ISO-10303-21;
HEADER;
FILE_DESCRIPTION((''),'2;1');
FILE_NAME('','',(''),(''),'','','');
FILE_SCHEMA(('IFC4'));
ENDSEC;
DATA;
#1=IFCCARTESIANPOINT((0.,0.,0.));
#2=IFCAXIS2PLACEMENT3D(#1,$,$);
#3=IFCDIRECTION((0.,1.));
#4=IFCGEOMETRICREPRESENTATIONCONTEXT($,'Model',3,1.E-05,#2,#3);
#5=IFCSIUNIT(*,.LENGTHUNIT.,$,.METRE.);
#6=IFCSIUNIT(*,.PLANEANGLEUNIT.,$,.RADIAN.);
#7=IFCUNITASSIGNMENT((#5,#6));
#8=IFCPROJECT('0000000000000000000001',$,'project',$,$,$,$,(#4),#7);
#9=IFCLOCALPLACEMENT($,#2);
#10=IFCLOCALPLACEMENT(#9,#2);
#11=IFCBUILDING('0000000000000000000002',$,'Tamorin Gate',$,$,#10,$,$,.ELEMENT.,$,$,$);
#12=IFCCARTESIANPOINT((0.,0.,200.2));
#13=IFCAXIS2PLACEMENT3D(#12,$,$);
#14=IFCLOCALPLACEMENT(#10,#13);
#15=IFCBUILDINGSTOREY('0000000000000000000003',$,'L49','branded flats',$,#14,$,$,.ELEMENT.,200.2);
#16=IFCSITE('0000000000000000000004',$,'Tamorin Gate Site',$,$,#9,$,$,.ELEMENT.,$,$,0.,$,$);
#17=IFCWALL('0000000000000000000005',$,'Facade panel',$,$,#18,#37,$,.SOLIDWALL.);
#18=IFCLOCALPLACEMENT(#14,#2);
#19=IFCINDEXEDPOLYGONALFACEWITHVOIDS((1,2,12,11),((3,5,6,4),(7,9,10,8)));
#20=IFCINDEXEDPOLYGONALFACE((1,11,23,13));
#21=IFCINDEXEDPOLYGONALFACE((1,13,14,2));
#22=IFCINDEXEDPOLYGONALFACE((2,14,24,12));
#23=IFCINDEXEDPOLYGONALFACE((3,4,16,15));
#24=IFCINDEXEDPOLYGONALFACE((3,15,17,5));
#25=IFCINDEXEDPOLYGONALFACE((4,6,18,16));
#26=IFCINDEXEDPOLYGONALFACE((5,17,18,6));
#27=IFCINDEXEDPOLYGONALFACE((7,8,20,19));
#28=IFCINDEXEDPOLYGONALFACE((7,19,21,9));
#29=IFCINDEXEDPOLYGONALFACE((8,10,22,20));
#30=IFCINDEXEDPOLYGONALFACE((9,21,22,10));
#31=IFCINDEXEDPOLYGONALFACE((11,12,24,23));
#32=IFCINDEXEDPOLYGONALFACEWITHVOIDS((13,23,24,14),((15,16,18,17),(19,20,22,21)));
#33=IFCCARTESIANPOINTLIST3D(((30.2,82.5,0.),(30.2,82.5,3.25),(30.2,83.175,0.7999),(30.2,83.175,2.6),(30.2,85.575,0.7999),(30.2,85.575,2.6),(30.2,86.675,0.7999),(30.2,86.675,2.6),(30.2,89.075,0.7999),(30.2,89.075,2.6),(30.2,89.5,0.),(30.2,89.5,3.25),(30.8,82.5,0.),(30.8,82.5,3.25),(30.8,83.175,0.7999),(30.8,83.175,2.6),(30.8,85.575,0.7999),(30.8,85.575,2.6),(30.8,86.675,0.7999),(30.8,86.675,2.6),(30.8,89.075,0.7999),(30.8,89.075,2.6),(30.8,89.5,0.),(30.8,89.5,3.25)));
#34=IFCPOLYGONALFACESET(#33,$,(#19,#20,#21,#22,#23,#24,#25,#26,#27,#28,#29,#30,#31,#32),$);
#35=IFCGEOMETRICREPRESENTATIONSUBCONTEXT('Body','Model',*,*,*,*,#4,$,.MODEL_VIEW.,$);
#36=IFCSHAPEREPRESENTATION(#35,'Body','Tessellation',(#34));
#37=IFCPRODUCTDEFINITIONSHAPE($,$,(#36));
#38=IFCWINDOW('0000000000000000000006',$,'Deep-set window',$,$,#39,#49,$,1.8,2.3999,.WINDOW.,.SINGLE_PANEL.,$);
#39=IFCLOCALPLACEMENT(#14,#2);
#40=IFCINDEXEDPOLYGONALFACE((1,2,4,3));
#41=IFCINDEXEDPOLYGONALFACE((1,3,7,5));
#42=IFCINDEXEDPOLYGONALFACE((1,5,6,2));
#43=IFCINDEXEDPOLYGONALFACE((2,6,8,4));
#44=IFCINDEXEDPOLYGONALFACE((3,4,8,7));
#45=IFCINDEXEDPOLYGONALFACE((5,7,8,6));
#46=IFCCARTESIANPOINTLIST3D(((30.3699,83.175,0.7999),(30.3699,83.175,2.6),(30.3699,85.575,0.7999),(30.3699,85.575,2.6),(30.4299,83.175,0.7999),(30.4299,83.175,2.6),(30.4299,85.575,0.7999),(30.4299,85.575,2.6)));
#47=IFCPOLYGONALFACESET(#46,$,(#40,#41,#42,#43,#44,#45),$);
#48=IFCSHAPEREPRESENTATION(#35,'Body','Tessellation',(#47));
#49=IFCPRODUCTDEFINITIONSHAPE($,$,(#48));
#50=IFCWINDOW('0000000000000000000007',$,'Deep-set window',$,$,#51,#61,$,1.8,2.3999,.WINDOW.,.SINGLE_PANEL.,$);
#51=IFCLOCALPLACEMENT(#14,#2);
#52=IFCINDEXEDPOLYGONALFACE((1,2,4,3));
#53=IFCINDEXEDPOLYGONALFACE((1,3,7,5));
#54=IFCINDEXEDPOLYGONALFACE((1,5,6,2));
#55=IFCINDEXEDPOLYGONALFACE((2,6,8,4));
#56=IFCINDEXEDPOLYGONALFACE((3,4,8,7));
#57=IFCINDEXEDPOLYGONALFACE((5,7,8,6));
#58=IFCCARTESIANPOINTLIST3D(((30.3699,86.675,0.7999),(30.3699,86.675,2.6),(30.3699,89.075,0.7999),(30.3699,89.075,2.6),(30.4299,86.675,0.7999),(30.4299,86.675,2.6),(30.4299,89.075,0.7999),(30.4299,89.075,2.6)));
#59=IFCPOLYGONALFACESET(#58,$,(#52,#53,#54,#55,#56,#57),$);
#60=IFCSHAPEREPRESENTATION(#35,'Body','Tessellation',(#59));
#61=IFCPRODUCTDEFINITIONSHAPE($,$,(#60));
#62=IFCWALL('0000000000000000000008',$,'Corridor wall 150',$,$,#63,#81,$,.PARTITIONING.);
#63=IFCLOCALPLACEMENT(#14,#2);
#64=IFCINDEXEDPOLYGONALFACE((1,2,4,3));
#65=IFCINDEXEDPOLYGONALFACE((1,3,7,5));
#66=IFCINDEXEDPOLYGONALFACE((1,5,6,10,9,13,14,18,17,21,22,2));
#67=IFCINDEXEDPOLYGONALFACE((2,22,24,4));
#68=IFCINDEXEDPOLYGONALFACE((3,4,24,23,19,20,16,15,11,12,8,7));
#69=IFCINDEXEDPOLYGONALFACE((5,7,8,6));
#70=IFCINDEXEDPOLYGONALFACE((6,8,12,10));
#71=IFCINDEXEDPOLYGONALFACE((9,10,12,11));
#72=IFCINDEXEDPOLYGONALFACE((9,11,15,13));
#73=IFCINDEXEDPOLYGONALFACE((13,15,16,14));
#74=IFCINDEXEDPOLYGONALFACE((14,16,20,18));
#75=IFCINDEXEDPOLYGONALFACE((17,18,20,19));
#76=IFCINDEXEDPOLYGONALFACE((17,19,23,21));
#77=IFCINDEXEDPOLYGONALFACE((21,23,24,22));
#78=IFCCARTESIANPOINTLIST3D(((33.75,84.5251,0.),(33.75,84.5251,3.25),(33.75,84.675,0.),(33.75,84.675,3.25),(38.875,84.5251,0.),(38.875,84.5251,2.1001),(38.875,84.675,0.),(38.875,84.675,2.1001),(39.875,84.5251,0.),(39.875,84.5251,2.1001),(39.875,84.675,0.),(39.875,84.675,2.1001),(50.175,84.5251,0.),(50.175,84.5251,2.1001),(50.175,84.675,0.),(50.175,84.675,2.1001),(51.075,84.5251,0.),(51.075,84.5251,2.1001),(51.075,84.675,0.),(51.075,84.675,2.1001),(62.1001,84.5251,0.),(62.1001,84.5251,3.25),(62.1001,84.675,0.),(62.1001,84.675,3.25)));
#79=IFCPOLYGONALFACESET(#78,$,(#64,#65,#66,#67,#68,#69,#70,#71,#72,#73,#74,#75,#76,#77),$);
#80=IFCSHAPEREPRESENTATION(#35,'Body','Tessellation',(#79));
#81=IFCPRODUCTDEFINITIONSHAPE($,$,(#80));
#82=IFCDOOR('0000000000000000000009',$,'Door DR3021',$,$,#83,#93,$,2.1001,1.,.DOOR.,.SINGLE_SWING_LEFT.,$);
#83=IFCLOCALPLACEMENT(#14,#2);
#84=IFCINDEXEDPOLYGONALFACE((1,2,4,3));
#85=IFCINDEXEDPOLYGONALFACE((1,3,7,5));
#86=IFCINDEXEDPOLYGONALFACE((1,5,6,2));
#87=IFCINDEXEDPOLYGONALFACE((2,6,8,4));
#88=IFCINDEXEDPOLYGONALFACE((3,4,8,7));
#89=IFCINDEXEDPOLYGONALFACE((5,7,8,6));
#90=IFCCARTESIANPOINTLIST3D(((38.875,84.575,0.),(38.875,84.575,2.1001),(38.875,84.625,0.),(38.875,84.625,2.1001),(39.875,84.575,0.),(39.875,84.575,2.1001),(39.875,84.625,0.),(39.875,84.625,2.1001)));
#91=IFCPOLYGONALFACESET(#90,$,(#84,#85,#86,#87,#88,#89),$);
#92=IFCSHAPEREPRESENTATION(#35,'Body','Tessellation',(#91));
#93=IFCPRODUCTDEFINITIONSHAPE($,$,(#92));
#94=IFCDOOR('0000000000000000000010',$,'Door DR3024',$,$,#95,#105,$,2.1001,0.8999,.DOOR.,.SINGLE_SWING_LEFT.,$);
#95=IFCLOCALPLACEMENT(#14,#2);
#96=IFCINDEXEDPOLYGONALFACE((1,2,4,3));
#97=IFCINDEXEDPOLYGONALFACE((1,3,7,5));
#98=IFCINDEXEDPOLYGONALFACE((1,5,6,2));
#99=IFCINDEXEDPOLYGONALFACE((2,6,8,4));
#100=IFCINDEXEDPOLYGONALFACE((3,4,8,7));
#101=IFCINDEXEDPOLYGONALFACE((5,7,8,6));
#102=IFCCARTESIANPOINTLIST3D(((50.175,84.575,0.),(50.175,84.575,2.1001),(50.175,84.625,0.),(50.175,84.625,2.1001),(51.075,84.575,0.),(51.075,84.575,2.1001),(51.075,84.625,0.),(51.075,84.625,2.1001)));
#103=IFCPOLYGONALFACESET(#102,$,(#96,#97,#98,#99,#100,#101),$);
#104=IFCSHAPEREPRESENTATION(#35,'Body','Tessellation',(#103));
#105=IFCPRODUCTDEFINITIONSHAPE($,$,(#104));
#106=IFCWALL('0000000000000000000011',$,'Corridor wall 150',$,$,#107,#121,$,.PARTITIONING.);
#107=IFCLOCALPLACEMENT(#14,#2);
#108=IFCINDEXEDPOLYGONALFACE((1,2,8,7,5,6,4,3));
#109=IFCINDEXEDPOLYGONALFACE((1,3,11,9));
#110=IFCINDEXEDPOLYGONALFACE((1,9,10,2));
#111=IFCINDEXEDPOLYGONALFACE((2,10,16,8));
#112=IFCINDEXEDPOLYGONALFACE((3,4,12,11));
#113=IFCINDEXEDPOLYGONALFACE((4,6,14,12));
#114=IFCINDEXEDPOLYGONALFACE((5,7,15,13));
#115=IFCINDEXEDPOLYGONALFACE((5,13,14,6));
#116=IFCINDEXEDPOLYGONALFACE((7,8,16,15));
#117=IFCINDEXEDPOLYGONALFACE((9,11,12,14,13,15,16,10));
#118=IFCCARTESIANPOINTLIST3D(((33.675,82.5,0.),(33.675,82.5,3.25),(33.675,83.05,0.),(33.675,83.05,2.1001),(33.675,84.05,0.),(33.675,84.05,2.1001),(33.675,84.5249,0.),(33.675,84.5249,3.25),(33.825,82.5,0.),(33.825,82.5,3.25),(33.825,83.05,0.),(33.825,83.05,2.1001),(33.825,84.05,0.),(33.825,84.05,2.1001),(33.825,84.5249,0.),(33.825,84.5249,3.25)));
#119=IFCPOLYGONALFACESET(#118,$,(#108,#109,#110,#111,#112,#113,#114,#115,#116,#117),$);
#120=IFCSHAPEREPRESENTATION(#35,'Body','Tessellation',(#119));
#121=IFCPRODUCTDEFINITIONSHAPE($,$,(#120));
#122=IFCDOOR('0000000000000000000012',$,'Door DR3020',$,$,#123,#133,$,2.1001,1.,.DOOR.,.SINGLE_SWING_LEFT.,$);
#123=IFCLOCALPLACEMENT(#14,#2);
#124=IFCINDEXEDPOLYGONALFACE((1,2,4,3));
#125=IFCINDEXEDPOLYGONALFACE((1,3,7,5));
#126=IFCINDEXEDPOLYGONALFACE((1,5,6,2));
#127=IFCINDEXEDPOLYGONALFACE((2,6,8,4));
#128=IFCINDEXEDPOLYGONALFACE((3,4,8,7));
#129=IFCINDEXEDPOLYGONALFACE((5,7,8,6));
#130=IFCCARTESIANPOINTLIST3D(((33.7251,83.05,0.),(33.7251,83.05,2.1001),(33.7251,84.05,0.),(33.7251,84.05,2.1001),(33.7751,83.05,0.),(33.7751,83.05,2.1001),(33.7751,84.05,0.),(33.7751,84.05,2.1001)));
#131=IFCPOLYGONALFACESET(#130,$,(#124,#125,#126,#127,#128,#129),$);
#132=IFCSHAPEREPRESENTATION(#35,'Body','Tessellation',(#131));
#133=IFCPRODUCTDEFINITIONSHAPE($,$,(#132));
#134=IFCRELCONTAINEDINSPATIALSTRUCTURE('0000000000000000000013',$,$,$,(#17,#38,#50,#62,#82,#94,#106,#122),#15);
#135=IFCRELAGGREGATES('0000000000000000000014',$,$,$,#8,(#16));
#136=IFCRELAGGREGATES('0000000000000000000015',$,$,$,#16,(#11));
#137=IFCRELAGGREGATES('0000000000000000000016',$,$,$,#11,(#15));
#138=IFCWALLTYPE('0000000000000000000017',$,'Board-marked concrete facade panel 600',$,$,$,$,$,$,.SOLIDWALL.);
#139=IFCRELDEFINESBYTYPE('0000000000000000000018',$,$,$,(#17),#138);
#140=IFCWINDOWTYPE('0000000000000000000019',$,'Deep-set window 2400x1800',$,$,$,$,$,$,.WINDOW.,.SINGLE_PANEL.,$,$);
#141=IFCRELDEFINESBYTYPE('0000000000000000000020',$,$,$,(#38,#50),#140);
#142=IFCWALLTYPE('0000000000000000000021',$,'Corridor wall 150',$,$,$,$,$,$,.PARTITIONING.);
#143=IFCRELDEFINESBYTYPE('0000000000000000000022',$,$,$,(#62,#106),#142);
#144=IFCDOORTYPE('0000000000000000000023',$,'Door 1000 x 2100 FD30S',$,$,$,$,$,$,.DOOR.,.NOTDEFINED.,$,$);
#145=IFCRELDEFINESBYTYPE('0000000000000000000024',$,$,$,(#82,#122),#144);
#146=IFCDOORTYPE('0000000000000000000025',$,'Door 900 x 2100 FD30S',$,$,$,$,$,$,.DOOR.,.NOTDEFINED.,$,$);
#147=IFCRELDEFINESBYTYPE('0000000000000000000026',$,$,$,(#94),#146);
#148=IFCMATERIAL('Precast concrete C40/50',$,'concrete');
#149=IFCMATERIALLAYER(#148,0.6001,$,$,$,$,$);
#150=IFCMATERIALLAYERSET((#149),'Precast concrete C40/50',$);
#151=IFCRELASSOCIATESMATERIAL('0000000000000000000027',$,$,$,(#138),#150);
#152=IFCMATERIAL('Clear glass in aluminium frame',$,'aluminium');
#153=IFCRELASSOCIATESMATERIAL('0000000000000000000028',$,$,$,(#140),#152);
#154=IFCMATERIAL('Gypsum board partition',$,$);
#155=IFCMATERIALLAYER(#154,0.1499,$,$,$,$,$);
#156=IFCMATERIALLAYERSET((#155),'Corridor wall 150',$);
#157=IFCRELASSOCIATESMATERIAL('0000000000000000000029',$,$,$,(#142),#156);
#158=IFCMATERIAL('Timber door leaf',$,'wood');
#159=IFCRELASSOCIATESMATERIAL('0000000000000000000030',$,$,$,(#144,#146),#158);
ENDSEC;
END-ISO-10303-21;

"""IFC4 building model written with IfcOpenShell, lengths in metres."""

from ifc_helpers import new_model, si_unit, direction, frame, frame_2d, origin, place, context, subcontext, project, spatial, rectangle, extrude, material, layer, layer_set, type_object, element, fill, save


model = new_model("IFC4")

# Units and contexts
model_context = context("Model", 3, precision=1e-05, world=origin(), true_north=direction((0.0, 1.0)))
body_context = subcontext(model_context, "Body", "Model", "MODEL_VIEW")
ifc_project = project(units=[si_unit("LENGTHUNIT", "METRE"), si_unit("PLANEANGLEUNIT", "RADIAN")], contexts=[model_context])

# Site, building, storey
site_placement = place(None, origin())
site = spatial("IfcSite", under=ifc_project, at=site_placement, Name="Tamorin Gate Site", CompositionType="ELEMENT", RefElevation=0.0)
building_placement = place(site_placement, origin())
building = spatial("IfcBuilding", under=site, at=building_placement, Name="Tamorin Gate", CompositionType="ELEMENT")
storey_placement = place(building_placement, frame((0.0, 0.0, 200.2)))
storey = spatial("IfcBuildingStorey", under=building, at=storey_placement, Name="L49", Description="branded flats", CompositionType="ELEMENT", Elevation=200.2)

# Wall, openings, windows
ifc_material_1 = material(Name="Precast concrete C40/50", Category="concrete")
ifc_layer_1 = layer(ifc_material_1, 0.6001)
ifc_layer_set_1 = layer_set([ifc_layer_1], Name="Precast concrete C40/50")
wall_type_1 = type_object("IfcWallType", Name="Board-marked concrete facade panel 600", PredefinedType="SOLIDWALL", material=ifc_layer_set_1)
wall_1_placement = place(storey_placement, frame((30.5, 89.5, 0.0), z_axis=(0.0, 0.0, 1.0), x_axis=(0.0, -1.0, 0.0)))
wall_1 = element("IfcWall", 1, at=wall_1_placement, inside=storey, type_object=wall_type_1, Name="Facade panel", PredefinedType="SOLIDWALL", context=body_context, shape_type="SweptSolid", body=[
    extrude(rectangle(XDim=7.0, YDim=0.6001, at=frame_2d((3.5, 0.0))), origin(), (0.0, 0.0, 1.0), 3.25),
])
opening_1_placement = place(wall_1_placement, frame((3.925, 0.0, 0.8)))
opening_1 = element("IfcOpeningElement", 2, at=opening_1_placement, cuts=wall_1, PredefinedType="OPENING", context=body_context, shape_type="SweptSolid", body=[
    extrude(rectangle(XDim=2.3999, YDim=1.8, at=frame_2d((1.2, 0.8999))), frame((0.0, 0.3101, 0.0), z_axis=(0.0, -1.0, 0.0), x_axis=(1.0, 0.0, 0.0)), (0.0, 0.0, 1.0), 0.6201),
])
opening_2_placement = place(wall_1_placement, frame((0.425, 0.0, 0.8)))
opening_2 = element("IfcOpeningElement", 3, at=opening_2_placement, cuts=wall_1, PredefinedType="OPENING", context=body_context, shape_type="SweptSolid", body=[
    extrude(rectangle(XDim=2.3999, YDim=1.8, at=frame_2d((1.2, 0.8999))), frame((0.0, 0.3101, 0.0), z_axis=(0.0, -1.0, 0.0), x_axis=(1.0, 0.0, 0.0)), (0.0, 0.0, 1.0), 0.6201),
])
ifc_material_2 = material(Name="Clear glass in aluminium frame", Category="aluminium")
window_type = type_object("IfcWindowType", Name="Deep-set window 2400x1800", PartitioningType="SINGLE_PANEL", PredefinedType="WINDOW", material=ifc_material_2)
window_1_placement = place(opening_1_placement, origin())
window_1 = element("IfcWindow", 4, at=window_1_placement, inside=storey, type_object=window_type, Name="Deep-set window", OverallHeight=1.8, OverallWidth=2.3999, PartitioningType="SINGLE_PANEL", PredefinedType="WINDOW", context=body_context, shape_type="SweptSolid", body=[
    extrude(rectangle(XDim=2.3999, YDim=1.8, at=frame_2d((1.2, 0.8999))), frame((0.0, -0.0701, 0.0), z_axis=(0.0, -1.0, 0.0), x_axis=(1.0, 0.0, 0.0)), (0.0, 0.0, 1.0), 0.0601),
])
fill(opening_1, window_1)
window_2_placement = place(opening_2_placement, origin())
window_2 = element("IfcWindow", 5, at=window_2_placement, inside=storey, type_object=window_type, Name="Deep-set window", OverallHeight=1.8, OverallWidth=2.3999, PartitioningType="SINGLE_PANEL", PredefinedType="WINDOW", context=body_context, shape_type="SweptSolid", body=[
    extrude(rectangle(XDim=2.3999, YDim=1.8, at=frame_2d((1.2, 0.8999))), frame((0.0, -0.0701, 0.0), z_axis=(0.0, -1.0, 0.0), x_axis=(1.0, 0.0, 0.0)), (0.0, 0.0, 1.0), 0.0601),
])
fill(opening_2, window_2)

# Wall, openings, doors
ifc_material_3 = material(Name="Gypsum board partition")
ifc_layer_2 = layer(ifc_material_3, 0.1499)
ifc_layer_set_2 = layer_set([ifc_layer_2], Name="Corridor wall 150")
wall_type_2 = type_object("IfcWallType", Name="Corridor wall 150", PredefinedType="PARTITIONING", material=ifc_layer_set_2)
wall_2_placement = place(storey_placement, frame((33.75, 84.6001, 0.0), z_axis=(0.0, 0.0, 1.0), x_axis=(1.0, 0.0, 0.0)))
wall_2 = element("IfcWall", 6, at=wall_2_placement, inside=storey, type_object=wall_type_2, Name="Corridor wall 150", PredefinedType="PARTITIONING", context=body_context, shape_type="SweptSolid", body=[
    extrude(rectangle(XDim=28.3501, YDim=0.1499, at=frame_2d((14.175, 0.0))), origin(), (0.0, 0.0, 1.0), 3.25),
])
opening_3_placement = place(wall_2_placement, frame((5.125, 0.0, 0.0)))
opening_3 = element("IfcOpeningElement", 7, at=opening_3_placement, cuts=wall_2, PredefinedType="OPENING", context=body_context, shape_type="SweptSolid", body=[
    extrude(rectangle(XDim=1.0, YDim=2.1001, at=frame_2d((0.5, 1.05))), frame((0.0, 0.085, 0.0), z_axis=(0.0, -1.0, 0.0), x_axis=(1.0, 0.0, 0.0)), (0.0, 0.0, 1.0), 0.1699),
])
opening_4_placement = place(wall_2_placement, frame((16.425, 0.0, 0.0)))
opening_4 = element("IfcOpeningElement", 8, at=opening_4_placement, cuts=wall_2, PredefinedType="OPENING", context=body_context, shape_type="SweptSolid", body=[
    extrude(rectangle(XDim=0.8999, YDim=2.1001, at=frame_2d((0.45, 1.05))), frame((0.0, 0.085, 0.0), z_axis=(0.0, -1.0, 0.0), x_axis=(1.0, 0.0, 0.0)), (0.0, 0.0, 1.0), 0.1699),
])
ifc_material_4 = material(Name="Timber door leaf", Category="wood")
door_type_1 = type_object("IfcDoorType", Name="Door 1000 x 2100 FD30S", OperationType="NOTDEFINED", PredefinedType="DOOR", material=ifc_material_4)
door_1_placement = place(opening_3_placement, origin())
door_1 = element("IfcDoor", 9, at=door_1_placement, inside=storey, type_object=door_type_1, Name="Door DR3021", OperationType="SINGLE_SWING_LEFT", OverallHeight=2.1001, OverallWidth=1.0, PredefinedType="DOOR", context=body_context, shape_type="SweptSolid", body=[
    extrude(rectangle(XDim=1.0, YDim=2.1001, at=frame_2d((0.5, 1.05))), frame((0.0, 0.0249, 0.0), z_axis=(0.0, -1.0, 0.0), x_axis=(1.0, 0.0, 0.0)), (0.0, 0.0, 1.0), 0.05),
])
fill(opening_3, door_1)
door_type_2 = type_object("IfcDoorType", Name="Door 900 x 2100 FD30S", OperationType="NOTDEFINED", PredefinedType="DOOR", material=ifc_material_4)
door_2_placement = place(opening_4_placement, origin())
door_2 = element("IfcDoor", 10, at=door_2_placement, inside=storey, type_object=door_type_2, Name="Door DR3024", OperationType="SINGLE_SWING_LEFT", OverallHeight=2.1001, OverallWidth=0.8999, PredefinedType="DOOR", context=body_context, shape_type="SweptSolid", body=[
    extrude(rectangle(XDim=0.8999, YDim=2.1001, at=frame_2d((0.45, 1.05))), frame((0.0, 0.0249, 0.0), z_axis=(0.0, -1.0, 0.0), x_axis=(1.0, 0.0, 0.0)), (0.0, 0.0, 1.0), 0.05),
])
fill(opening_4, door_2)

# Wall, opening, door
wall_3_placement = place(storey_placement, frame((33.75, 82.5, 0.0), z_axis=(0.0, 0.0, 1.0), x_axis=(0.0, 1.0, 0.0)))
wall_3 = element("IfcWall", 11, at=wall_3_placement, inside=storey, type_object=wall_type_2, Name="Corridor wall 150", PredefinedType="PARTITIONING", context=body_context, shape_type="SweptSolid", body=[
    extrude(rectangle(XDim=2.0249, YDim=0.1499, at=frame_2d((1.0125, 0.0))), origin(), (0.0, 0.0, 1.0), 3.25),
])
opening_5_placement = place(wall_3_placement, frame((0.55, 0.0, 0.0)))
opening_5 = element("IfcOpeningElement", 12, at=opening_5_placement, cuts=wall_3, PredefinedType="OPENING", context=body_context, shape_type="SweptSolid", body=[
    extrude(rectangle(XDim=1.0, YDim=2.1001, at=frame_2d((0.5, 1.05))), frame((0.0, 0.085, 0.0), z_axis=(0.0, -1.0, 0.0), x_axis=(1.0, 0.0, 0.0)), (0.0, 0.0, 1.0), 0.1699),
])
door_3_placement = place(opening_5_placement, origin())
door_3 = element("IfcDoor", 13, at=door_3_placement, inside=storey, type_object=door_type_1, Name="Door DR3020", OperationType="SINGLE_SWING_LEFT", OverallHeight=2.1001, OverallWidth=1.0, PredefinedType="DOOR", context=body_context, shape_type="SweptSolid", body=[
    extrude(rectangle(XDim=1.0, YDim=2.1001, at=frame_2d((0.5, 1.05))), frame((0.0, 0.0249, 0.0), z_axis=(0.0, -1.0, 0.0), x_axis=(1.0, 0.0, 0.0)), (0.0, 0.0, 1.0), 0.05),
])
fill(opening_5, door_3)

save(model, "model.ifc")
